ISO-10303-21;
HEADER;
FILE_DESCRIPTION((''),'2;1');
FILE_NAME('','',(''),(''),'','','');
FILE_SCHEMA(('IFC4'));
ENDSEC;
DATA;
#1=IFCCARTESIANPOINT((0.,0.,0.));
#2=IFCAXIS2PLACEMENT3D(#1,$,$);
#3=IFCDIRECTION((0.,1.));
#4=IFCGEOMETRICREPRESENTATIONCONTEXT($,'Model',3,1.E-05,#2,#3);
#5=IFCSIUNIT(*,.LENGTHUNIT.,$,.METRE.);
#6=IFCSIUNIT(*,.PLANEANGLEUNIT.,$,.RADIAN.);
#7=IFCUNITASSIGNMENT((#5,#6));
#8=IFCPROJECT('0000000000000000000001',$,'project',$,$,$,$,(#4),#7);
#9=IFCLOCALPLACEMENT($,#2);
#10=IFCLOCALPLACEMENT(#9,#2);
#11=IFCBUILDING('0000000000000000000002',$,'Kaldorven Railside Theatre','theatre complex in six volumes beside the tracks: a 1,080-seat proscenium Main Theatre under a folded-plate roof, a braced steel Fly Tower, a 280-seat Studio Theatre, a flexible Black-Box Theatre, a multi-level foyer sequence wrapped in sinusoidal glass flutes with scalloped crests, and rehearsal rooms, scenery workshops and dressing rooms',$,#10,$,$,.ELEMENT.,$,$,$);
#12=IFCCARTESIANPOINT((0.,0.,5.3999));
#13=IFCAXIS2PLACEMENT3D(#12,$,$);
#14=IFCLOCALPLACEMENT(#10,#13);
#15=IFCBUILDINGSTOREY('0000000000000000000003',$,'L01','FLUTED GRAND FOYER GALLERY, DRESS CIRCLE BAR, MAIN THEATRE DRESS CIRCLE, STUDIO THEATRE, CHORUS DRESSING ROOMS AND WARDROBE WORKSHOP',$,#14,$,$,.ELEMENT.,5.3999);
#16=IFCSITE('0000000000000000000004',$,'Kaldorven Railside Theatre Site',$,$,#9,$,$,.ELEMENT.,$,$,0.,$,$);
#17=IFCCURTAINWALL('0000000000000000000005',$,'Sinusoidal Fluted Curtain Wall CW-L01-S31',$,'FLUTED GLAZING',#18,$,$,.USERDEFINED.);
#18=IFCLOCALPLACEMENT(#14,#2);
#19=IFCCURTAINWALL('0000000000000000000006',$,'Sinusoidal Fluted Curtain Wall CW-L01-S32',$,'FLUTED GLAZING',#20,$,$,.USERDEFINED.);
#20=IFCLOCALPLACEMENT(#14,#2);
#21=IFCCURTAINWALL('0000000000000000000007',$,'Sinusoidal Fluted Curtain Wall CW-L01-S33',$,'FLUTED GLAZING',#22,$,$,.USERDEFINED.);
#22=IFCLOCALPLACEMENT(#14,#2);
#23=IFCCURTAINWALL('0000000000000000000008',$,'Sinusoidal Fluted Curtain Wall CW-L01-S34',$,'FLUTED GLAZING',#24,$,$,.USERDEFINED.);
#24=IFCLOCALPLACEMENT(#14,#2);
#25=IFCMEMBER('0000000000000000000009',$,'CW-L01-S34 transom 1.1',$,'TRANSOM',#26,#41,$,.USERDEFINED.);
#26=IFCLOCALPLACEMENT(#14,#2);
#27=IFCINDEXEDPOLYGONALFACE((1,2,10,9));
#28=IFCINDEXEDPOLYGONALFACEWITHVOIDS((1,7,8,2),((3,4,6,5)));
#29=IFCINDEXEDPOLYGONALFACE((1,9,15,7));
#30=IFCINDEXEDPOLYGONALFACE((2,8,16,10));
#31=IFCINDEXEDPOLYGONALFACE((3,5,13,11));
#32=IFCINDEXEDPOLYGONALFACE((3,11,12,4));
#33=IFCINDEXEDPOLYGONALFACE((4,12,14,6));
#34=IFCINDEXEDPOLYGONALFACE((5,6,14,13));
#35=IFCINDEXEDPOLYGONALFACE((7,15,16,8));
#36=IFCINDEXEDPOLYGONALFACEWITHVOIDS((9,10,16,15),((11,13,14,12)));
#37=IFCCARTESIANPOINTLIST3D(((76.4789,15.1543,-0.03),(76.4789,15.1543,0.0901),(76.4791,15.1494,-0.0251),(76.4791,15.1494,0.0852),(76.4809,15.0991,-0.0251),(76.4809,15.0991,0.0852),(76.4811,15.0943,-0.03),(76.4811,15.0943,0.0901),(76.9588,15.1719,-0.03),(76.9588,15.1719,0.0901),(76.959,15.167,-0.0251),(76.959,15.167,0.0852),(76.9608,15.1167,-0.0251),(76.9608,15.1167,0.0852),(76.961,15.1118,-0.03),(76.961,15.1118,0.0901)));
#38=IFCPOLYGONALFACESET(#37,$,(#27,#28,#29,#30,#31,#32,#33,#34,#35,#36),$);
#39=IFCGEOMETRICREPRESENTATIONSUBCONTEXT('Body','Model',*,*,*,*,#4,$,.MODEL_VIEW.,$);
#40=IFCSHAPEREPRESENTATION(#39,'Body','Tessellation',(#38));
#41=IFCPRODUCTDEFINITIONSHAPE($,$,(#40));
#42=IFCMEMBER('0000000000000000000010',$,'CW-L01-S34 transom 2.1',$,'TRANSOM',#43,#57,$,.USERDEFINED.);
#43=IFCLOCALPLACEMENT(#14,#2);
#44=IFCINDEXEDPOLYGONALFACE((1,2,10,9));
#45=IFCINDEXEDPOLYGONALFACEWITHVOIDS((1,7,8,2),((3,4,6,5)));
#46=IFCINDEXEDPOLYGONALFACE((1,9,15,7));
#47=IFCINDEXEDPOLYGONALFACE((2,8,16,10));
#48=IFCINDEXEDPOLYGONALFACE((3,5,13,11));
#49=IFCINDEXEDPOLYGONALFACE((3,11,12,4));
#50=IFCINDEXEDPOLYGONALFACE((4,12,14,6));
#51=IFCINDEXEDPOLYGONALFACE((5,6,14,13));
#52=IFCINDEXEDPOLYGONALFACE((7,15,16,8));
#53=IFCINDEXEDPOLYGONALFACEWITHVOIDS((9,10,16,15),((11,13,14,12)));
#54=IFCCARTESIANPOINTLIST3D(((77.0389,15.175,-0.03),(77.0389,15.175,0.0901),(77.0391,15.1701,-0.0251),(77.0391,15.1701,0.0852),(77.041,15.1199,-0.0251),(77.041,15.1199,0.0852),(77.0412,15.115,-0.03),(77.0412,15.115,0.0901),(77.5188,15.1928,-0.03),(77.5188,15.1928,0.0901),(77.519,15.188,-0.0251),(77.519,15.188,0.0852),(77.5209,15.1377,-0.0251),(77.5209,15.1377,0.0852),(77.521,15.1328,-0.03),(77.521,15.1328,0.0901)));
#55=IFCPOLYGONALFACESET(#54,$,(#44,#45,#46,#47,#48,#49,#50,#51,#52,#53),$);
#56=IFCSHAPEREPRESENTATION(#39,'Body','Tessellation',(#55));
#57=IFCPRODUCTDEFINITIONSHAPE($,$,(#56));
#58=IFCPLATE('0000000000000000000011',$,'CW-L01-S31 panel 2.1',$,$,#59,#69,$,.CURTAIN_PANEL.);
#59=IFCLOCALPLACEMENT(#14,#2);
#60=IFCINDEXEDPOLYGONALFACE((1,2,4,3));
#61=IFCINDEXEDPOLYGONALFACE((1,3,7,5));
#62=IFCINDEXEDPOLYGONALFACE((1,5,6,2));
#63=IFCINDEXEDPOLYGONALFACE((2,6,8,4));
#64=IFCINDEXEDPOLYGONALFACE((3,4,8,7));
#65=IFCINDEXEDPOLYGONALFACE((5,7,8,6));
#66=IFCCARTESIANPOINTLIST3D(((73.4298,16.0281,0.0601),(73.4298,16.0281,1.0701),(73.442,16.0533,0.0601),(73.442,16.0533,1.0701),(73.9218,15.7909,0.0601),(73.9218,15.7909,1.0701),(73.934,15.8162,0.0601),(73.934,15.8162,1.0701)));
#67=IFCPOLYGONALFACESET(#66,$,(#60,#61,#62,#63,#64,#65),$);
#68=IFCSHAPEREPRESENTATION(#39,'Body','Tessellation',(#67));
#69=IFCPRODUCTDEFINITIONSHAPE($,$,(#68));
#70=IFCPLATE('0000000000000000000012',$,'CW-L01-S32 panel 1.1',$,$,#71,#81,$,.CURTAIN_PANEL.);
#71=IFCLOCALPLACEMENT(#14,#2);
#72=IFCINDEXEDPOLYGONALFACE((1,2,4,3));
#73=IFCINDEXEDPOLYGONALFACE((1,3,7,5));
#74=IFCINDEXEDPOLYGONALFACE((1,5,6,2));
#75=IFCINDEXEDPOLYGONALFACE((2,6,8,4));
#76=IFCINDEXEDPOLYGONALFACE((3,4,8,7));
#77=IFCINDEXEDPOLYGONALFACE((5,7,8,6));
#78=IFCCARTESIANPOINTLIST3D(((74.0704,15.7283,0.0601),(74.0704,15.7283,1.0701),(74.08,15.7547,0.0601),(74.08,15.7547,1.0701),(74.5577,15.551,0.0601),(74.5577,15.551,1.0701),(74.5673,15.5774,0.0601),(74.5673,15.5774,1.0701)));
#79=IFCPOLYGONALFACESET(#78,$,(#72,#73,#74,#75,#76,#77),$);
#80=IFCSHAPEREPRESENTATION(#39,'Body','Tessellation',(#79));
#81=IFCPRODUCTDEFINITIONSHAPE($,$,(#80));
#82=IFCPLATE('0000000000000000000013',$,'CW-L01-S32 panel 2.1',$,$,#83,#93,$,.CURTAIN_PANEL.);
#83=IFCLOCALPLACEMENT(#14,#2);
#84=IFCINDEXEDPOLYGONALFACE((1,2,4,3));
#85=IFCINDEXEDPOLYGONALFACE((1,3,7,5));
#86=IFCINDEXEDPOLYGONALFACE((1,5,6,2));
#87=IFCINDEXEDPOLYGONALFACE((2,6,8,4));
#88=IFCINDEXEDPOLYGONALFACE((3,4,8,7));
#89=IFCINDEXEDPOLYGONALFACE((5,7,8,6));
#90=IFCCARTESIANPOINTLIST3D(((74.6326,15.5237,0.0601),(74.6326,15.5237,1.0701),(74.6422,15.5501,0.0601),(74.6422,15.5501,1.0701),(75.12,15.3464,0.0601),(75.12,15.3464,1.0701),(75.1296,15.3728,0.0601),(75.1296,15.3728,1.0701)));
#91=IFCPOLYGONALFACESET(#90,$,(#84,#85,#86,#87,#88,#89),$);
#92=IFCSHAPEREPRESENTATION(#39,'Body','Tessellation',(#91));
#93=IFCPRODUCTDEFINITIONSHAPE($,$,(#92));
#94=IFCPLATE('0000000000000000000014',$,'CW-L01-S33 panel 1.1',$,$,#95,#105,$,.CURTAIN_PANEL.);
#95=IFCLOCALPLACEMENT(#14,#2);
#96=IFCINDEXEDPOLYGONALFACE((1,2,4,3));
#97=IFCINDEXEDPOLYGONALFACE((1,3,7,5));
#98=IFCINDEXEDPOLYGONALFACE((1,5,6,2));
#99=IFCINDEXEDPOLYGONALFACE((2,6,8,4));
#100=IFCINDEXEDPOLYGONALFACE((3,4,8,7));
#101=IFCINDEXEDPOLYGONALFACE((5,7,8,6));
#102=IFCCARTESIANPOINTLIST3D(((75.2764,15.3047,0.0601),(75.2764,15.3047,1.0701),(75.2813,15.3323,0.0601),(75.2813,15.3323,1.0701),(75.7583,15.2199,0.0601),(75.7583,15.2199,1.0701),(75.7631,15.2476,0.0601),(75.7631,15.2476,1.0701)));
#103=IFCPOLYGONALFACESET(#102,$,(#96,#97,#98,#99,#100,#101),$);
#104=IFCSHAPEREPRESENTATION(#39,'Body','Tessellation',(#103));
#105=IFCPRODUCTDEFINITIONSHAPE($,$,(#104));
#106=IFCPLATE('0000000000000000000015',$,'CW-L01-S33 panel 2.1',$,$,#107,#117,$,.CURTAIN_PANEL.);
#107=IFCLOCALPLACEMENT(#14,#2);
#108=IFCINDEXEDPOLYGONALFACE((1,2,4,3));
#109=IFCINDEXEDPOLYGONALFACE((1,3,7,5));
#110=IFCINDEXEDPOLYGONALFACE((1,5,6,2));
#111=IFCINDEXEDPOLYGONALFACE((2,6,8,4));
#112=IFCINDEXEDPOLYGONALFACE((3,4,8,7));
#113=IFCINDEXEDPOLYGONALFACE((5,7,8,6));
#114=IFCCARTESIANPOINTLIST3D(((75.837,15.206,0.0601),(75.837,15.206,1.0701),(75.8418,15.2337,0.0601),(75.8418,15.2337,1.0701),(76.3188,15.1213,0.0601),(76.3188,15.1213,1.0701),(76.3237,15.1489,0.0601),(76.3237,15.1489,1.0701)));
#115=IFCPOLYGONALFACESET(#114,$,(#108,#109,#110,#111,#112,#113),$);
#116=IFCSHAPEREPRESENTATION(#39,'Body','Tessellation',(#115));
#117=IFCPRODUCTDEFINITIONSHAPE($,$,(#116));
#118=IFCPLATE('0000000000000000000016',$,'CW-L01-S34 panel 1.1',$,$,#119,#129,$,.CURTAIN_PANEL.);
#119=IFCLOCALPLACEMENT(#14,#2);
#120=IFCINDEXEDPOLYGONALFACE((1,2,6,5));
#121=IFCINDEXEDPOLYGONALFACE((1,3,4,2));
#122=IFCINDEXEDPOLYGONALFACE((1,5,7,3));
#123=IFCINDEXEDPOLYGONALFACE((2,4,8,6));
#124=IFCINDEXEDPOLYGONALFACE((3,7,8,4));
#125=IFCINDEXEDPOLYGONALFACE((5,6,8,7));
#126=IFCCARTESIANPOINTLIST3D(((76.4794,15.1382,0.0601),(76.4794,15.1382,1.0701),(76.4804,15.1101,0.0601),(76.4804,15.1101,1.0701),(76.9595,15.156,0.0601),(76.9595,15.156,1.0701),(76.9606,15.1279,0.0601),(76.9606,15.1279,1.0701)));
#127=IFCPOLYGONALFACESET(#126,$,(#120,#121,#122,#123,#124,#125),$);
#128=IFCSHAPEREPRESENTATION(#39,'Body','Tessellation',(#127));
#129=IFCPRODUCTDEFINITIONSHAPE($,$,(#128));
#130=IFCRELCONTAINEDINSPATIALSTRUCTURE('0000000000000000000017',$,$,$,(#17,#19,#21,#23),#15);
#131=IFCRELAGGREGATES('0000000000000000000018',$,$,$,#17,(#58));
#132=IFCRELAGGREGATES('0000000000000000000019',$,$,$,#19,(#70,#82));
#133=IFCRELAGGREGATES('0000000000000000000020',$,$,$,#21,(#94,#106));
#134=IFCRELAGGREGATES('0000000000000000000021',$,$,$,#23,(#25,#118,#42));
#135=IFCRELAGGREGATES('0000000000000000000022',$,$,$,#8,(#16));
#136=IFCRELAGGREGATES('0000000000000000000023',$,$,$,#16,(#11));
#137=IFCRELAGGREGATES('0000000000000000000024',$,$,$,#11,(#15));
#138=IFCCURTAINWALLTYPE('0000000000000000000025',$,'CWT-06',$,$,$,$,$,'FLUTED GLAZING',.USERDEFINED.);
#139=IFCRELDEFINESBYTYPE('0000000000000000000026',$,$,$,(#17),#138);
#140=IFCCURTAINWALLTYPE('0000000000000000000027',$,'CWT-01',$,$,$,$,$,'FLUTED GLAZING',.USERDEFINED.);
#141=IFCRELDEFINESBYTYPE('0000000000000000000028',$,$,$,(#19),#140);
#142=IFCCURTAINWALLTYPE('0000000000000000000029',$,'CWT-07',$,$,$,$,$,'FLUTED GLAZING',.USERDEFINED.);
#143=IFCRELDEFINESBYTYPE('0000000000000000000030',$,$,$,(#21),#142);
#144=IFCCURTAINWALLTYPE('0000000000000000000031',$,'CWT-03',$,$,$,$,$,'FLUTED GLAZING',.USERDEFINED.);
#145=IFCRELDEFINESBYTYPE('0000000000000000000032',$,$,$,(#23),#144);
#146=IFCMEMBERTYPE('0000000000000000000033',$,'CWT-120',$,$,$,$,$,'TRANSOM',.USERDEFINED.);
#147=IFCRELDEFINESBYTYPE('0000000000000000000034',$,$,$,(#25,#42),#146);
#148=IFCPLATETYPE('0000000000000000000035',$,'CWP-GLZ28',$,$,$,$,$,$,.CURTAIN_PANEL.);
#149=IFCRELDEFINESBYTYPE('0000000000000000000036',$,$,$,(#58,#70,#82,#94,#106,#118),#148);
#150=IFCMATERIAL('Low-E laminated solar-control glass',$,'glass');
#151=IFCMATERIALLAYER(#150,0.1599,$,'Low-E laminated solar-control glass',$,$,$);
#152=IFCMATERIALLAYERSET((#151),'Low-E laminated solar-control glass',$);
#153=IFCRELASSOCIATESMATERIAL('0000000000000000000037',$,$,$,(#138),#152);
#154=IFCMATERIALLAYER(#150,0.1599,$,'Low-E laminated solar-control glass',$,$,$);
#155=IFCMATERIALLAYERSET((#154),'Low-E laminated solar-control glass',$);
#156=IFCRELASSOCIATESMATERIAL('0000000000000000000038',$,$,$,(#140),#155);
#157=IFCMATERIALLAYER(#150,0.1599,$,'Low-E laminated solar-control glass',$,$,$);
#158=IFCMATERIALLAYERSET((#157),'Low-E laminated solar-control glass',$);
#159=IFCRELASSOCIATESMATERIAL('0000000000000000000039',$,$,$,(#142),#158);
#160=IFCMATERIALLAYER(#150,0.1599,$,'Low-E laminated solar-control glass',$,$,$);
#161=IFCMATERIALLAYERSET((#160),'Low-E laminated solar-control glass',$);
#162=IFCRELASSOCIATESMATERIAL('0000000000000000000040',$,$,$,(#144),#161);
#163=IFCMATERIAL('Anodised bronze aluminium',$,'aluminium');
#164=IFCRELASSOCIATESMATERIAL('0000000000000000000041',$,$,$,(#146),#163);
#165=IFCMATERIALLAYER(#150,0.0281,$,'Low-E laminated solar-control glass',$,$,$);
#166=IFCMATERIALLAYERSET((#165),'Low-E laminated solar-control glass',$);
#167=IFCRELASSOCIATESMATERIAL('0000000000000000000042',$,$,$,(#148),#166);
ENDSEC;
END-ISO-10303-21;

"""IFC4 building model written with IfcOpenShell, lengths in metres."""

from ifc_helpers import new_model, si_unit, direction, frame, origin, origin_2d, place, context, subcontext, project, spatial, rectangle, hollow_rectangle, extrude, material, layer, layer_set, material_profile, profile_set, type_object, element, aggregate, save


model = new_model("IFC4")

# Units and contexts
model_context = context("Model", 3, precision=1e-05, world=origin(), true_north=direction((0.0, 1.0)))
body_context = subcontext(model_context, "Body", "Model", "MODEL_VIEW")
ifc_project = project(units=[si_unit("LENGTHUNIT", "METRE"), si_unit("PLANEANGLEUNIT", "RADIAN")], contexts=[model_context])

# Site, building, storey
site_placement = place(None, origin())
site = spatial("IfcSite", under=ifc_project, at=site_placement, Name="Kaldorven Railside Theatre Site", CompositionType="ELEMENT", RefElevation=0.0)
building_placement = place(site_placement, origin())
building = spatial("IfcBuilding", under=site, at=building_placement, Name="Kaldorven Railside Theatre", Description="theatre complex in six volumes beside the tracks: a 1,080-seat proscenium Main Theatre under a folded-plate roof, a braced steel Fly Tower, a 280-seat Studio Theatre, a flexible Black-Box Theatre, a multi-level foyer sequence wrapped in sinusoidal glass flutes with scalloped crests, and rehearsal rooms, scenery workshops and dressing rooms", CompositionType="ELEMENT")
storey_placement = place(building_placement, frame((0.0, 0.0, 5.3999)))
storey = spatial("IfcBuildingStorey", under=building, at=storey_placement, Name="L01", Description="FLUTED GRAND FOYER GALLERY, DRESS CIRCLE BAR, MAIN THEATRE DRESS CIRCLE, STUDIO THEATRE, CHORUS DRESSING ROOMS AND WARDROBE WORKSHOP", CompositionType="ELEMENT", Elevation=5.3999)

# Curtain wall
ifc_material_1 = material(Name="Low-E laminated solar-control glass", Category="glass")
ifc_layer_1 = layer(ifc_material_1, 0.1599, Name="Low-E laminated solar-control glass")
ifc_layer_set_1 = layer_set([ifc_layer_1], Name="Low-E laminated solar-control glass")
curtain_wall_type_1 = type_object("IfcCurtainWallType", Name="CWT-06", ElementType="FLUTED GLAZING", PredefinedType="USERDEFINED", material=ifc_layer_set_1)
curtain_wall_1_placement = place(storey_placement, origin())
curtain_wall_1 = element("IfcCurtainWall", 1, at=curtain_wall_1_placement, inside=storey, type_object=curtain_wall_type_1, Name="Sinusoidal Fluted Curtain Wall CW-L01-S31", ObjectType="FLUTED GLAZING", PredefinedType="USERDEFINED")
ifc_material_2 = material(Name="Anodised bronze aluminium", Category="aluminium")

# Curtain walls
ifc_layer_2 = layer(ifc_material_1, 0.1599, Name="Low-E laminated solar-control glass")
ifc_layer_set_2 = layer_set([ifc_layer_2], Name="Low-E laminated solar-control glass")
curtain_wall_type_2 = type_object("IfcCurtainWallType", Name="CWT-01", ElementType="FLUTED GLAZING", PredefinedType="USERDEFINED", material=ifc_layer_set_2)
curtain_wall_2_placement = place(storey_placement, origin())
curtain_wall_2 = element("IfcCurtainWall", 2, at=curtain_wall_2_placement, inside=storey, type_object=curtain_wall_type_2, Name="Sinusoidal Fluted Curtain Wall CW-L01-S32", ObjectType="FLUTED GLAZING", PredefinedType="USERDEFINED")
ifc_layer_3 = layer(ifc_material_1, 0.1599, Name="Low-E laminated solar-control glass")
ifc_layer_set_3 = layer_set([ifc_layer_3], Name="Low-E laminated solar-control glass")
curtain_wall_type_3 = type_object("IfcCurtainWallType", Name="CWT-07", ElementType="FLUTED GLAZING", PredefinedType="USERDEFINED", material=ifc_layer_set_3)
curtain_wall_3_placement = place(storey_placement, origin())
curtain_wall_3 = element("IfcCurtainWall", 3, at=curtain_wall_3_placement, inside=storey, type_object=curtain_wall_type_3, Name="Sinusoidal Fluted Curtain Wall CW-L01-S33", ObjectType="FLUTED GLAZING", PredefinedType="USERDEFINED")
ifc_layer_4 = layer(ifc_material_1, 0.1599, Name="Low-E laminated solar-control glass")
ifc_layer_set_4 = layer_set([ifc_layer_4], Name="Low-E laminated solar-control glass")
curtain_wall_type_4 = type_object("IfcCurtainWallType", Name="CWT-03", ElementType="FLUTED GLAZING", PredefinedType="USERDEFINED", material=ifc_layer_set_4)
curtain_wall_4_placement = place(storey_placement, origin())
curtain_wall_4 = element("IfcCurtainWall", 4, at=curtain_wall_4_placement, inside=storey, type_object=curtain_wall_type_4, Name="Sinusoidal Fluted Curtain Wall CW-L01-S34", ObjectType="FLUTED GLAZING", PredefinedType="USERDEFINED")

# Members
ifc_material_profile_1 = material_profile(ifc_material_2, hollow_rectangle(XDim=0.0601, YDim=0.1201, WallThickness=0.0049, at=origin_2d()), Name="RHS 120x60x5")
ifc_profile_set_1 = profile_set([ifc_material_profile_1], Name="Anodised bronze aluminium")
member_type_1 = type_object("IfcMemberType", Name="CWT-120", ElementType="TRANSOM", PredefinedType="USERDEFINED", material=ifc_profile_set_1)
member_1_placement = place(storey_placement, frame((76.48, 15.1243, 0.03), z_axis=(0.99933, 0.036598, 0.0), x_axis=(-0.036598, 0.99933, 0.0)))
member_1 = element("IfcMember", 5, at=member_1_placement, type_object=member_type_1, Name="CW-L01-S34 transom 1.1", ObjectType="TRANSOM", PredefinedType="USERDEFINED", context=body_context, shape_type="SweptSolid", body=[
    extrude(hollow_rectangle(XDim=0.0601, YDim=0.1201, WallThickness=0.0049, at=origin_2d()), origin(), (0.0, 0.0, 1.0), 0.4802),
])
member_2_placement = place(storey_placement, frame((77.04, 15.145, 0.03), z_axis=(0.999311, 0.037106, 0.0), x_axis=(-0.037106, 0.999311, 0.0)))
member_2 = element("IfcMember", 6, at=member_2_placement, type_object=member_type_1, Name="CW-L01-S34 transom 2.1", ObjectType="TRANSOM", PredefinedType="USERDEFINED", context=body_context, shape_type="SweptSolid", body=[
    extrude(hollow_rectangle(XDim=0.0601, YDim=0.1201, WallThickness=0.0049, at=origin_2d()), origin(), (0.0, 0.0, 1.0), 0.4802),
])

# Plates
ifc_layer_5 = layer(ifc_material_1, 0.0281, Name="Low-E laminated solar-control glass")
ifc_layer_set_5 = layer_set([ifc_layer_5], Name="Low-E laminated solar-control glass")
plate_type = type_object("IfcPlateType", Name="CWP-GLZ28", PredefinedType="CURTAIN_PANEL", material=ifc_layer_set_5)
plate_1_placement = place(storey_placement, frame((73.6819, 15.9221, 0.0601), z_axis=(0.0, 0.0, 1.0), x_axis=(0.90079, -0.434256, 0.0)))
plate_1 = element("IfcPlate", 7, at=plate_1_placement, type_object=plate_type, Name="CW-L01-S31 panel 2.1", PredefinedType="CURTAIN_PANEL", context=body_context, shape_type="SweptSolid", body=[
    extrude(rectangle(XDim=0.5461, YDim=0.0281, at=origin_2d()), origin(), (0.0, 0.0, 1.0), 1.01),
])
aggregate(curtain_wall_1, [plate_1])
plate_2_placement = place(storey_placement, frame((74.3188, 15.6528, 0.0601), z_axis=(0.0, 0.0, 1.0), x_axis=(0.939759, -0.341837, 0.0)))
plate_2 = element("IfcPlate", 8, at=plate_2_placement, type_object=plate_type, Name="CW-L01-S32 panel 1.1", PredefinedType="CURTAIN_PANEL", context=body_context, shape_type="SweptSolid", body=[
    extrude(rectangle(XDim=0.5186, YDim=0.0281, at=origin_2d()), origin(), (0.0, 0.0, 1.0), 1.01),
])
plate_3_placement = place(storey_placement, frame((74.8811, 15.4482, 0.0601), z_axis=(0.0, 0.0, 1.0), x_axis=(0.939759, -0.341837, 0.0)))
plate_3 = element("IfcPlate", 9, at=plate_3_placement, type_object=plate_type, Name="CW-L01-S32 panel 2.1", PredefinedType="CURTAIN_PANEL", context=body_context, shape_type="SweptSolid", body=[
    extrude(rectangle(XDim=0.5186, YDim=0.0281, at=origin_2d()), origin(), (0.0, 0.0, 1.0), 1.01),
])
aggregate(curtain_wall_2, [plate_2, plate_3])
plate_4_placement = place(storey_placement, frame((75.5198, 15.2761, 0.0601), z_axis=(0.0, 0.0, 1.0), x_axis=(0.984877, -0.173256, 0.0)))
plate_4 = element("IfcPlate", 10, at=plate_4_placement, type_object=plate_type, Name="CW-L01-S33 panel 1.1", PredefinedType="CURTAIN_PANEL", context=body_context, shape_type="SweptSolid", body=[
    extrude(rectangle(XDim=0.4893, YDim=0.0281, at=origin_2d()), origin(), (0.0, 0.0, 1.0), 1.01),
])
plate_5_placement = place(storey_placement, frame((76.0803, 15.1775, 0.0601), z_axis=(0.0, 0.0, 1.0), x_axis=(0.984877, -0.173256, 0.0)))
plate_5 = element("IfcPlate", 11, at=plate_5_placement, type_object=plate_type, Name="CW-L01-S33 panel 2.1", PredefinedType="CURTAIN_PANEL", context=body_context, shape_type="SweptSolid", body=[
    extrude(rectangle(XDim=0.4893, YDim=0.0281, at=origin_2d()), origin(), (0.0, 0.0, 1.0), 1.01),
])
aggregate(curtain_wall_3, [plate_4, plate_5])
plate_6_placement = place(storey_placement, frame((76.72, 15.1331, 0.0601), z_axis=(0.0, 0.0, 1.0), x_axis=(0.999313, 0.037058, 0.0)))
plate_6 = element("IfcPlate", 12, at=plate_6_placement, type_object=plate_type, Name="CW-L01-S34 panel 1.1", PredefinedType="CURTAIN_PANEL", context=body_context, shape_type="SweptSolid", body=[
    extrude(rectangle(XDim=0.4805, YDim=0.0281, at=origin_2d()), origin(), (0.0, 0.0, 1.0), 1.01),
])
aggregate(curtain_wall_4, [member_1, plate_6, member_2])

save(model, "model.ifc")
